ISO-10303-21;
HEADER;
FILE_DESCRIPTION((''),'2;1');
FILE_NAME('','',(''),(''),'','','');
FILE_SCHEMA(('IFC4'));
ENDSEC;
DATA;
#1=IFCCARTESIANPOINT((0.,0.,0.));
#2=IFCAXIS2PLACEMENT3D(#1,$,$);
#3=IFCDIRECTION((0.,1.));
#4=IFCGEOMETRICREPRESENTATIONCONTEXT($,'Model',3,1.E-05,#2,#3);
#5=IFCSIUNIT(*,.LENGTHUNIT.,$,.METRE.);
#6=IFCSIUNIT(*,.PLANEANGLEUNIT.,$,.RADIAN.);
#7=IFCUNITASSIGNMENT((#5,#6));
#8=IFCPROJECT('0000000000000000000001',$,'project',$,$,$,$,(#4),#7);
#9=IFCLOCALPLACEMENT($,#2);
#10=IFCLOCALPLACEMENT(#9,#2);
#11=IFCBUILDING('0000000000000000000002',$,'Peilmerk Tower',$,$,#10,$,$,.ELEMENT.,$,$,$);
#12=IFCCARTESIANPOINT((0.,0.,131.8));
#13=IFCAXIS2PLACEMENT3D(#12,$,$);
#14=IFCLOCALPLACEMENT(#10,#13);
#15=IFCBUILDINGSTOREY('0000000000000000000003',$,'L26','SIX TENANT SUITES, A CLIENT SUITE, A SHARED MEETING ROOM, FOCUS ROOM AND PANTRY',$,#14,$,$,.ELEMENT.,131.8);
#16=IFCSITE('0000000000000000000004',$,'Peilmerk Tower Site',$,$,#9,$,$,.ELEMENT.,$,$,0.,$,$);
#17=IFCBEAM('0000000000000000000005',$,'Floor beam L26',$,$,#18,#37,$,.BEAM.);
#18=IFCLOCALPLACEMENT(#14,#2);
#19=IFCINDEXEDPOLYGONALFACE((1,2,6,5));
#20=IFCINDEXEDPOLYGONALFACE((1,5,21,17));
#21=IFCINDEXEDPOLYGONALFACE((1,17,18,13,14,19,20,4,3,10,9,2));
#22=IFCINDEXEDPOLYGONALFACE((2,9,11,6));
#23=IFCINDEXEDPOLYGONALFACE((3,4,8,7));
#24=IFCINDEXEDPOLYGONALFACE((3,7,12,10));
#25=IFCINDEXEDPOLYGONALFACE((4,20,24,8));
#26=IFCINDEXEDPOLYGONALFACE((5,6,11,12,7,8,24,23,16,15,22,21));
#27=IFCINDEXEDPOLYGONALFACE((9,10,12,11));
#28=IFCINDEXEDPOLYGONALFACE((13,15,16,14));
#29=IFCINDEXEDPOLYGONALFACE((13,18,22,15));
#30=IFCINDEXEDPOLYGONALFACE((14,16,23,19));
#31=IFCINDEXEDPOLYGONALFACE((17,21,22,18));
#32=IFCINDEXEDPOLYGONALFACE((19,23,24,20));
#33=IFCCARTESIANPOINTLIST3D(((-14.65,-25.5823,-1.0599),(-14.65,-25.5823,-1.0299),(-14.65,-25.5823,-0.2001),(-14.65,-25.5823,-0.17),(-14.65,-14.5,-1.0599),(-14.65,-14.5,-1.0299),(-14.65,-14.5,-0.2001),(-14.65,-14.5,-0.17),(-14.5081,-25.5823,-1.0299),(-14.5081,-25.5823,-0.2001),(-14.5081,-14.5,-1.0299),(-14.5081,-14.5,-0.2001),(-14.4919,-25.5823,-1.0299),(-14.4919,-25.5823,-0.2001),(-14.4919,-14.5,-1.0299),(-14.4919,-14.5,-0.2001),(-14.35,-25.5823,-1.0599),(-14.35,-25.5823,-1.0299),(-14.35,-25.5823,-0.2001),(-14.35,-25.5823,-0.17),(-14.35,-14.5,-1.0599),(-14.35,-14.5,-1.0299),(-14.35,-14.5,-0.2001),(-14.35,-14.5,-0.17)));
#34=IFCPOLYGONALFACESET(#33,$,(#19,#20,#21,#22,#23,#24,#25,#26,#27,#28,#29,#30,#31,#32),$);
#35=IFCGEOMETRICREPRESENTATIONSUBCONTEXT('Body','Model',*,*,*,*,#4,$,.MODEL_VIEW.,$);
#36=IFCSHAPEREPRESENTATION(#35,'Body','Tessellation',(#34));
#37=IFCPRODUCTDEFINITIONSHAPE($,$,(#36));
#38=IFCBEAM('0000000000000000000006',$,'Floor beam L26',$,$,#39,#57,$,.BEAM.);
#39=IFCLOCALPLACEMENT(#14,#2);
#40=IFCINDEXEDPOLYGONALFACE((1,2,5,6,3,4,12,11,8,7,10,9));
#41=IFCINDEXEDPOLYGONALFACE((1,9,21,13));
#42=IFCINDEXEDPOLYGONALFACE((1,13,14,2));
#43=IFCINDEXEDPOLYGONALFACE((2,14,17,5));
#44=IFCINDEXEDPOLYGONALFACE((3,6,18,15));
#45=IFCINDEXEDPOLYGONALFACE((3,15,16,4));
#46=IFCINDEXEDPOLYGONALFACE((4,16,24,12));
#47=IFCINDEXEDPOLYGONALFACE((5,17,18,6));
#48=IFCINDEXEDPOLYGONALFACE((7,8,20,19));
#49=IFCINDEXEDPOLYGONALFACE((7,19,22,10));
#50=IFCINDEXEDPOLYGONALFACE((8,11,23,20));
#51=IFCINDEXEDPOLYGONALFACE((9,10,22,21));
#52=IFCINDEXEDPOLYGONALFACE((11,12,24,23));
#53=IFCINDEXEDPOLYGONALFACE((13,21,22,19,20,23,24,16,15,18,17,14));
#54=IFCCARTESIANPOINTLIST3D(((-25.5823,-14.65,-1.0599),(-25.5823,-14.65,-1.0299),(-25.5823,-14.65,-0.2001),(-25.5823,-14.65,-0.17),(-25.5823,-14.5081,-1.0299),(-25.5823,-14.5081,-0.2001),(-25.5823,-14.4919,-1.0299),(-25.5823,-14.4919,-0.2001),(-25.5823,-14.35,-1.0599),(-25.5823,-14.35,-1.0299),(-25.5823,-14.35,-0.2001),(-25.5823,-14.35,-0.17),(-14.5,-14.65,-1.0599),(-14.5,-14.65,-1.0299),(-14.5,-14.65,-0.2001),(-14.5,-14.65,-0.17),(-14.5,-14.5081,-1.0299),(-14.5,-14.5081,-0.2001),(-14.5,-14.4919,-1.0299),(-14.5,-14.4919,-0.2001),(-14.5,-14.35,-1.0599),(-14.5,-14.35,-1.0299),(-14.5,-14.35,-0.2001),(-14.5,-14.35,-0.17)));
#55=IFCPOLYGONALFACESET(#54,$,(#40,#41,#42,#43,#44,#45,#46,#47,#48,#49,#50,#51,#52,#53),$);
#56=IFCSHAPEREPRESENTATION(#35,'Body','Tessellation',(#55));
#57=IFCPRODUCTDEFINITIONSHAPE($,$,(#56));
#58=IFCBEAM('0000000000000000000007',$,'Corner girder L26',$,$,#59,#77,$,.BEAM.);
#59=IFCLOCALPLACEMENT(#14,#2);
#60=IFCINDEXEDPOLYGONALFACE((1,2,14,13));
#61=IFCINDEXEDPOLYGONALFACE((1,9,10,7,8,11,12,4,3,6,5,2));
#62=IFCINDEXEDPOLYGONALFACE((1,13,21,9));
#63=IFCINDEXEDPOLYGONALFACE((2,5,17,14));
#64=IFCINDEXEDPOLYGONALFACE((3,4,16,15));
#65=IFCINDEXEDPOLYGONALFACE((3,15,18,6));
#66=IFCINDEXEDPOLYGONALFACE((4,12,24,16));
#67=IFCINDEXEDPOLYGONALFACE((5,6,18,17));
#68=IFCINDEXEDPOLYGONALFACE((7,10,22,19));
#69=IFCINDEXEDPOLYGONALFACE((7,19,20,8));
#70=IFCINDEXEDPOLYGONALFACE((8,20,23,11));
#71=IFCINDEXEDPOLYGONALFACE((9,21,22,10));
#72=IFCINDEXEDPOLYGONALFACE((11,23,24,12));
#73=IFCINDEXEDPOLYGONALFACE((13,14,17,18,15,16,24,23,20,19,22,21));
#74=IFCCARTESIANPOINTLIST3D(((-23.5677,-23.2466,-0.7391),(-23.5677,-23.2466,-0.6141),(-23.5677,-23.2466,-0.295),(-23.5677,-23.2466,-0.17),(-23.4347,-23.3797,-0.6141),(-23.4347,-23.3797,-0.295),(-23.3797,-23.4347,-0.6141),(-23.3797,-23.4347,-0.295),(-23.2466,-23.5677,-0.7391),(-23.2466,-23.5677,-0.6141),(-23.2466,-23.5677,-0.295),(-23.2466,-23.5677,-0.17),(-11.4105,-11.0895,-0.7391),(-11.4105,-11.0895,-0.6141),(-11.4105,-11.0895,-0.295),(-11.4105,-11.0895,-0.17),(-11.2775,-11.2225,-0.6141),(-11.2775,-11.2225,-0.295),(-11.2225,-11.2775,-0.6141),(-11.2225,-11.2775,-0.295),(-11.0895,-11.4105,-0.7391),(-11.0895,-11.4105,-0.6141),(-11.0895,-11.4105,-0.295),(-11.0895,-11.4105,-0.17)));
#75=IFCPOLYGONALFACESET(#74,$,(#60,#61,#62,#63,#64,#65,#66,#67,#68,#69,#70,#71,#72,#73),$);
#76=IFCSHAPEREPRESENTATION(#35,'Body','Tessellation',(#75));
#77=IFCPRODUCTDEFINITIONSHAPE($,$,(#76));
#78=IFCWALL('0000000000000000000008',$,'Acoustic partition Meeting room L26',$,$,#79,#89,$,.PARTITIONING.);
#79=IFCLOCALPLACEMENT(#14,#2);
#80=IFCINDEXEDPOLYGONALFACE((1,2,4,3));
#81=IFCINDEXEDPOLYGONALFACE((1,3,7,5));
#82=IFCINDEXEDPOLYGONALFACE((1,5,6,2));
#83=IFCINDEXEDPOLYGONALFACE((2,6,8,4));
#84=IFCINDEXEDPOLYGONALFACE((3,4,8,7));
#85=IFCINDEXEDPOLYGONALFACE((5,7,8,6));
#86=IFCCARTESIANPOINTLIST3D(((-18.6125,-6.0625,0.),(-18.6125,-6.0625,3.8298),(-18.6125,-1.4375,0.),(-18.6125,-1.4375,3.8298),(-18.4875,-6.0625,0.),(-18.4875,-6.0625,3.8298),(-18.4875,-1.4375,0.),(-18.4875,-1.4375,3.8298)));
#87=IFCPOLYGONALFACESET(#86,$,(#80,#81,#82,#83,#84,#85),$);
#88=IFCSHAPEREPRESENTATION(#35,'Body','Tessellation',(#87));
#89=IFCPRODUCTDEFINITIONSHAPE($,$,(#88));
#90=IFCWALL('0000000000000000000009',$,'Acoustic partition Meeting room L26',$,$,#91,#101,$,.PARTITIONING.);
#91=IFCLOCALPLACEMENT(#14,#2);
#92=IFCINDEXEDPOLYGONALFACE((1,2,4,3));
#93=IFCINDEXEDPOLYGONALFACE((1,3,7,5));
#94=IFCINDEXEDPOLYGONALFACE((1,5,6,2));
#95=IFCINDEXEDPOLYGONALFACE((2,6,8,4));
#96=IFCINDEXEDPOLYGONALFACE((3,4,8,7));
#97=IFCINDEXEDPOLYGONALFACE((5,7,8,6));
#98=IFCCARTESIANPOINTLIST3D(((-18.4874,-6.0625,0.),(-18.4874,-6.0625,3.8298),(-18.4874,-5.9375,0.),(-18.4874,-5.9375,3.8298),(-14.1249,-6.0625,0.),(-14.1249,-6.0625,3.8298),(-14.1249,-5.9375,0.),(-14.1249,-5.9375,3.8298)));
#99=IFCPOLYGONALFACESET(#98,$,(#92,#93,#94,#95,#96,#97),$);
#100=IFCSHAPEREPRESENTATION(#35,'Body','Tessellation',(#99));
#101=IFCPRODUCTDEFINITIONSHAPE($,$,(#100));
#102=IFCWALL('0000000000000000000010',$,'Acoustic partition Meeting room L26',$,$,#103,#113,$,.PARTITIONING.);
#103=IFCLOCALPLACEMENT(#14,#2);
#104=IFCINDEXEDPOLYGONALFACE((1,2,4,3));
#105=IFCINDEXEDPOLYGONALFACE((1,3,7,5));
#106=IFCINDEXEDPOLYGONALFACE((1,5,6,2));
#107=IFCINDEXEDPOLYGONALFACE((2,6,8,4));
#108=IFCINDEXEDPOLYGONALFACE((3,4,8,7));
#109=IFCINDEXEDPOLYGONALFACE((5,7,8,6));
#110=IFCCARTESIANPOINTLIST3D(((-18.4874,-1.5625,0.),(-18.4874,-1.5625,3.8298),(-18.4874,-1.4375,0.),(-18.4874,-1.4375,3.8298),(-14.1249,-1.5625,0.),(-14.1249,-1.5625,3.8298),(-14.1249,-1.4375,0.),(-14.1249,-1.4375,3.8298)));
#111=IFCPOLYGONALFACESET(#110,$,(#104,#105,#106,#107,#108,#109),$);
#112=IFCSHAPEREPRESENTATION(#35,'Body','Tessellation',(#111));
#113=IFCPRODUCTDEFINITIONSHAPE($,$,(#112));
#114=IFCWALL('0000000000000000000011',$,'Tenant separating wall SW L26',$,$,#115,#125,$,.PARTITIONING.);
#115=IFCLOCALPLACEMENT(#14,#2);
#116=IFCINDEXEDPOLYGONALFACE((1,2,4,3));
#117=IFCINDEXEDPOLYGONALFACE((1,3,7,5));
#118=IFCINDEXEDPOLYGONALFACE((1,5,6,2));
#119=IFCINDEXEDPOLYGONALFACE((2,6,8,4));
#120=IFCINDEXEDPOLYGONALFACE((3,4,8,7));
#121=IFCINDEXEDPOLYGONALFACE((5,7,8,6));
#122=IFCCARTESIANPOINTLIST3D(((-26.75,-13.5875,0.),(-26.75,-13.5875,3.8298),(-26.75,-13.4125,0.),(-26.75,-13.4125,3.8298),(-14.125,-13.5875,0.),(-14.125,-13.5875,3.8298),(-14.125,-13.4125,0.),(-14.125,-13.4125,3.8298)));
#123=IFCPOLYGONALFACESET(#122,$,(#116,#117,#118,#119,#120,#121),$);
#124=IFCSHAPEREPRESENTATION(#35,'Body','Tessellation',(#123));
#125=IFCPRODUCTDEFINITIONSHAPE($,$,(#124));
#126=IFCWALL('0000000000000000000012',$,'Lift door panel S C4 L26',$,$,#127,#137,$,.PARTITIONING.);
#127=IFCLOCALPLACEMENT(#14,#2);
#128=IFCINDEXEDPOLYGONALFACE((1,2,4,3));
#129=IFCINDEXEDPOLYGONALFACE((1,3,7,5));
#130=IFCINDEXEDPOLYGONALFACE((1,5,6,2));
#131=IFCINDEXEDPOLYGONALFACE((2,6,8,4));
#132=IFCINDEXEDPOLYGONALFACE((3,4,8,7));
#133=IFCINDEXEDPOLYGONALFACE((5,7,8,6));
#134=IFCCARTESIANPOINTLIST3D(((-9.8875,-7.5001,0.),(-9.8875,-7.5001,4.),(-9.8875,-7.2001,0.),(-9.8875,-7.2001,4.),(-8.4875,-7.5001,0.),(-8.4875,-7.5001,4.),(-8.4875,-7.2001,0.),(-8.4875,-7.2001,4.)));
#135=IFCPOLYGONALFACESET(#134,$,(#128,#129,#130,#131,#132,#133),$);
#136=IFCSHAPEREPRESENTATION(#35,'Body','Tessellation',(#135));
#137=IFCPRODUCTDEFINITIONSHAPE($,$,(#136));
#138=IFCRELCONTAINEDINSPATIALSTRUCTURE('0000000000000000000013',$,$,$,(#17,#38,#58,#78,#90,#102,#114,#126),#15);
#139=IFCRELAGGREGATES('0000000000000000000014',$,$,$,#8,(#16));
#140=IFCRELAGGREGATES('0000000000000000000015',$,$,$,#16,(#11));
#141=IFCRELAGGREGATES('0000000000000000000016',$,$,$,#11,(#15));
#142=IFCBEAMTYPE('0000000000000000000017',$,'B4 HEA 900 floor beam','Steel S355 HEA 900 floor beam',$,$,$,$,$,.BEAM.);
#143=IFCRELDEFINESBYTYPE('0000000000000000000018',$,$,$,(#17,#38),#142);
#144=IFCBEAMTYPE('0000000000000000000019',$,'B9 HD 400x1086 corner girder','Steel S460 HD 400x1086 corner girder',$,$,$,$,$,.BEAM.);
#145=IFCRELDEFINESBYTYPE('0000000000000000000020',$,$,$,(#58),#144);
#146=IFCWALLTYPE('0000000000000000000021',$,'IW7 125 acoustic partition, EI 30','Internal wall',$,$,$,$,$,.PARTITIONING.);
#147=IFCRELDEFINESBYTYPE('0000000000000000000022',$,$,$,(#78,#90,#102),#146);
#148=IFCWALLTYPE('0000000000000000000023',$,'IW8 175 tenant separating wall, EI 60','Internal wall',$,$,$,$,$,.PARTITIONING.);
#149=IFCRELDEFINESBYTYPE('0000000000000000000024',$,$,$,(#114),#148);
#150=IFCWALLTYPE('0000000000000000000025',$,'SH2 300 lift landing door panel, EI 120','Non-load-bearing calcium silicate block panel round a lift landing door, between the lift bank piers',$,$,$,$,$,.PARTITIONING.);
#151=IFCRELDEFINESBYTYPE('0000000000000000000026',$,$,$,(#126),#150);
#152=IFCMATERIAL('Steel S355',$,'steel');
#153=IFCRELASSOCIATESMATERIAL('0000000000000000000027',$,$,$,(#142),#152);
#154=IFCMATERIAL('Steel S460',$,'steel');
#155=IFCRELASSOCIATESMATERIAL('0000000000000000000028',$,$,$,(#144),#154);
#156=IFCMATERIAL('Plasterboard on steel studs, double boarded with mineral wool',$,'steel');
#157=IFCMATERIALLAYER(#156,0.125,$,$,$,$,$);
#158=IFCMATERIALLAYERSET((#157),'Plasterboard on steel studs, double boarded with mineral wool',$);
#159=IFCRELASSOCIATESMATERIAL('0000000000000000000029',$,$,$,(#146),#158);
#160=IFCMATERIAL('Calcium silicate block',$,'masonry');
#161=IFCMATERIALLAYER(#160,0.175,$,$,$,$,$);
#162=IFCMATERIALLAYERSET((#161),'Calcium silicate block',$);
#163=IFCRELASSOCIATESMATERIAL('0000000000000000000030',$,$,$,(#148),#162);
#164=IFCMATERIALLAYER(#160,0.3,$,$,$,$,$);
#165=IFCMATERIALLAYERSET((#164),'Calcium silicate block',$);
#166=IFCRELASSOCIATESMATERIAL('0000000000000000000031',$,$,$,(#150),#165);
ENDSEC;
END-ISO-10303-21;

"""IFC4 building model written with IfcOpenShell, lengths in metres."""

from ifc_helpers import new_model, si_unit, direction, frame, frame_2d, origin, origin_2d, place, context, subcontext, project, spatial, rectangle, i_section, extrude, material, layer, layer_set, material_profile, profile_set, type_object, element, save


model = new_model("IFC4")

# Units and contexts
model_context = context("Model", 3, precision=1e-05, world=origin(), true_north=direction((0.0, 1.0)))
body_context = subcontext(model_context, "Body", "Model", "MODEL_VIEW")
ifc_project = project(units=[si_unit("LENGTHUNIT", "METRE"), si_unit("PLANEANGLEUNIT", "RADIAN")], contexts=[model_context])

# Site, building, storey
site_placement = place(None, origin())
site = spatial("IfcSite", under=ifc_project, at=site_placement, Name="Peilmerk Tower Site", CompositionType="ELEMENT", RefElevation=0.0)
building_placement = place(site_placement, origin())
building = spatial("IfcBuilding", under=site, at=building_placement, Name="Peilmerk Tower", CompositionType="ELEMENT")
storey_placement = place(building_placement, frame((0.0, 0.0, 131.8)))
storey = spatial("IfcBuildingStorey", under=building, at=storey_placement, Name="L26", Description="SIX TENANT SUITES, A CLIENT SUITE, A SHARED MEETING ROOM, FOCUS ROOM AND PANTRY", CompositionType="ELEMENT", Elevation=131.8)

# Beams
ifc_material_1 = material(Name="Steel S355", Category="steel")
ifc_material_profile_1 = material_profile(ifc_material_1, i_section(OverallWidth=0.3, OverallDepth=0.8899, WebThickness=0.0161, FlangeThickness=0.03, at=origin_2d()), Name="HEA 900")
ifc_profile_set_1 = profile_set([ifc_material_profile_1], Name="Steel S355")
beam_type_1 = type_object("IfcBeamType", Name="B4 HEA 900 floor beam", Description="Steel S355 HEA 900 floor beam", PredefinedType="BEAM", material=ifc_profile_set_1)
for number, where, z_axis, x_axis, name in (
    (1, (-14.5, -14.5, -0.615), (0.0, -1.0, 0.0), (1.0, 0.0, 0.0), "Floor beam L26"),
    (2, (-14.5, -14.5, -0.615), (-1.0, 0.0, 0.0), (0.0, -1.0, 0.0), "Floor beam L26"),
):
    element("IfcBeam", number, at=place(storey_placement, frame(where, z_axis=z_axis, x_axis=x_axis)), inside=storey, type_object=beam_type_1, Name=name, PredefinedType="BEAM", context=body_context, shape_type="SweptSolid", body=[
        extrude(i_section(OverallWidth=0.3, OverallDepth=0.8899, WebThickness=0.0161, FlangeThickness=0.03, at=origin_2d()), origin(), (0.0, 0.0, 1.0), 11.0823),
    ])
ifc_material_2 = material(Name="Steel S460", Category="steel")
ifc_material_profile_2 = material_profile(ifc_material_2, i_section(OverallWidth=0.4541, OverallDepth=0.5691, WebThickness=0.0779, FlangeThickness=0.125, at=origin_2d()), Name="HD 400x1086")
ifc_profile_set_2 = profile_set([ifc_material_profile_2], Name="Steel S460")
beam_type_2 = type_object("IfcBeamType", Name="B9 HD 400x1086 corner girder", Description="Steel S460 HD 400x1086 corner girder", PredefinedType="BEAM", material=ifc_profile_set_2)
beam_1_placement = place(storey_placement, frame((-11.25, -11.25, -0.4546), z_axis=(-0.707107, -0.707107, 0.0), x_axis=(0.707107, -0.707107, 0.0)))
element("IfcBeam", 3, at=beam_1_placement, inside=storey, type_object=beam_type_2, Name="Corner girder L26", PredefinedType="BEAM", context=body_context, shape_type="SweptSolid", body=[
    extrude(i_section(OverallWidth=0.4541, OverallDepth=0.5691, WebThickness=0.0779, FlangeThickness=0.125, at=origin_2d()), origin(), (0.0, 0.0, 1.0), 17.1929),
])

# Walls
ifc_material_3 = material(Name="Plasterboard on steel studs, double boarded with mineral wool", Category="steel")
ifc_layer_1 = layer(ifc_material_3, 0.125)
ifc_layer_set_1 = layer_set([ifc_layer_1], Name="Plasterboard on steel studs, double boarded with mineral wool")
wall_type_1 = type_object("IfcWallType", Name="IW7 125 acoustic partition, EI 30", Description="Internal wall", PredefinedType="PARTITIONING", material=ifc_layer_set_1)
wall_1_placement = place(storey_placement, frame((-18.55, -6.0625, 0.0), z_axis=(0.0, 0.0, 1.0), x_axis=(0.0, 1.0, 0.0)))
element("IfcWall", 4, at=wall_1_placement, inside=storey, type_object=wall_type_1, Name="Acoustic partition Meeting room L26", PredefinedType="PARTITIONING", context=body_context, shape_type="SweptSolid", body=[
    extrude(rectangle(XDim=4.625, YDim=0.125, at=frame_2d((2.3125, 0.0))), origin(), (0.0, 0.0, 1.0), 3.8298),
])
for number, where, z_axis, x_axis, name in (
    (5, (-14.125, -6.0, 0.0), (0.0, 0.0, 1.0), (-1.0, 0.0, 0.0), "Acoustic partition Meeting room L26"),
    (6, (-14.125, -1.5, 0.0), (0.0, 0.0, 1.0), (-1.0, 0.0, 0.0), "Acoustic partition Meeting room L26"),
):
    element("IfcWall", number, at=place(storey_placement, frame(where, z_axis=z_axis, x_axis=x_axis)), inside=storey, type_object=wall_type_1, Name=name, PredefinedType="PARTITIONING", context=body_context, shape_type="SweptSolid", body=[
        extrude(rectangle(XDim=4.3625, YDim=0.125, at=frame_2d((2.1812, 0.0))), origin(), (0.0, 0.0, 1.0), 3.8298),
    ])
ifc_material_4 = material(Name="Calcium silicate block", Category="masonry")
ifc_layer_2 = layer(ifc_material_4, 0.175)
ifc_layer_set_2 = layer_set([ifc_layer_2], Name="Calcium silicate block")
wall_type_2 = type_object("IfcWallType", Name="IW8 175 tenant separating wall, EI 60", Description="Internal wall", PredefinedType="PARTITIONING", material=ifc_layer_set_2)
wall_2_placement = place(storey_placement, frame((-14.125, -13.5, 0.0), z_axis=(0.0, 0.0, 1.0), x_axis=(-1.0, 0.0, 0.0)))
element("IfcWall", 7, at=wall_2_placement, inside=storey, type_object=wall_type_2, Name="Tenant separating wall SW L26", PredefinedType="PARTITIONING", context=body_context, shape_type="SweptSolid", body=[
    extrude(rectangle(XDim=12.625, YDim=0.175, at=frame_2d((6.3125, 0.0))), origin(), (0.0, 0.0, 1.0), 3.8298),
])
ifc_layer_3 = layer(ifc_material_4, 0.3)
ifc_layer_set_3 = layer_set([ifc_layer_3], Name="Calcium silicate block")
wall_type_3 = type_object("IfcWallType", Name="SH2 300 lift landing door panel, EI 120", Description="Non-load-bearing calcium silicate block panel round a lift landing door, between the lift bank piers", PredefinedType="PARTITIONING", material=ifc_layer_set_3)
wall_3_placement = place(storey_placement, frame((-9.8875, -7.3501, 0.0), z_axis=(0.0, 0.0, 1.0), x_axis=(1.0, 0.0, 0.0)))
element("IfcWall", 8, at=wall_3_placement, inside=storey, type_object=wall_type_3, Name="Lift door panel S C4 L26", PredefinedType="PARTITIONING", context=body_context, shape_type="SweptSolid", body=[
    extrude(rectangle(XDim=1.3999, YDim=0.3, at=frame_2d((0.7, 0.0))), origin(), (0.0, 0.0, 1.0), 4.0),
])

save(model, "model.ifc")
